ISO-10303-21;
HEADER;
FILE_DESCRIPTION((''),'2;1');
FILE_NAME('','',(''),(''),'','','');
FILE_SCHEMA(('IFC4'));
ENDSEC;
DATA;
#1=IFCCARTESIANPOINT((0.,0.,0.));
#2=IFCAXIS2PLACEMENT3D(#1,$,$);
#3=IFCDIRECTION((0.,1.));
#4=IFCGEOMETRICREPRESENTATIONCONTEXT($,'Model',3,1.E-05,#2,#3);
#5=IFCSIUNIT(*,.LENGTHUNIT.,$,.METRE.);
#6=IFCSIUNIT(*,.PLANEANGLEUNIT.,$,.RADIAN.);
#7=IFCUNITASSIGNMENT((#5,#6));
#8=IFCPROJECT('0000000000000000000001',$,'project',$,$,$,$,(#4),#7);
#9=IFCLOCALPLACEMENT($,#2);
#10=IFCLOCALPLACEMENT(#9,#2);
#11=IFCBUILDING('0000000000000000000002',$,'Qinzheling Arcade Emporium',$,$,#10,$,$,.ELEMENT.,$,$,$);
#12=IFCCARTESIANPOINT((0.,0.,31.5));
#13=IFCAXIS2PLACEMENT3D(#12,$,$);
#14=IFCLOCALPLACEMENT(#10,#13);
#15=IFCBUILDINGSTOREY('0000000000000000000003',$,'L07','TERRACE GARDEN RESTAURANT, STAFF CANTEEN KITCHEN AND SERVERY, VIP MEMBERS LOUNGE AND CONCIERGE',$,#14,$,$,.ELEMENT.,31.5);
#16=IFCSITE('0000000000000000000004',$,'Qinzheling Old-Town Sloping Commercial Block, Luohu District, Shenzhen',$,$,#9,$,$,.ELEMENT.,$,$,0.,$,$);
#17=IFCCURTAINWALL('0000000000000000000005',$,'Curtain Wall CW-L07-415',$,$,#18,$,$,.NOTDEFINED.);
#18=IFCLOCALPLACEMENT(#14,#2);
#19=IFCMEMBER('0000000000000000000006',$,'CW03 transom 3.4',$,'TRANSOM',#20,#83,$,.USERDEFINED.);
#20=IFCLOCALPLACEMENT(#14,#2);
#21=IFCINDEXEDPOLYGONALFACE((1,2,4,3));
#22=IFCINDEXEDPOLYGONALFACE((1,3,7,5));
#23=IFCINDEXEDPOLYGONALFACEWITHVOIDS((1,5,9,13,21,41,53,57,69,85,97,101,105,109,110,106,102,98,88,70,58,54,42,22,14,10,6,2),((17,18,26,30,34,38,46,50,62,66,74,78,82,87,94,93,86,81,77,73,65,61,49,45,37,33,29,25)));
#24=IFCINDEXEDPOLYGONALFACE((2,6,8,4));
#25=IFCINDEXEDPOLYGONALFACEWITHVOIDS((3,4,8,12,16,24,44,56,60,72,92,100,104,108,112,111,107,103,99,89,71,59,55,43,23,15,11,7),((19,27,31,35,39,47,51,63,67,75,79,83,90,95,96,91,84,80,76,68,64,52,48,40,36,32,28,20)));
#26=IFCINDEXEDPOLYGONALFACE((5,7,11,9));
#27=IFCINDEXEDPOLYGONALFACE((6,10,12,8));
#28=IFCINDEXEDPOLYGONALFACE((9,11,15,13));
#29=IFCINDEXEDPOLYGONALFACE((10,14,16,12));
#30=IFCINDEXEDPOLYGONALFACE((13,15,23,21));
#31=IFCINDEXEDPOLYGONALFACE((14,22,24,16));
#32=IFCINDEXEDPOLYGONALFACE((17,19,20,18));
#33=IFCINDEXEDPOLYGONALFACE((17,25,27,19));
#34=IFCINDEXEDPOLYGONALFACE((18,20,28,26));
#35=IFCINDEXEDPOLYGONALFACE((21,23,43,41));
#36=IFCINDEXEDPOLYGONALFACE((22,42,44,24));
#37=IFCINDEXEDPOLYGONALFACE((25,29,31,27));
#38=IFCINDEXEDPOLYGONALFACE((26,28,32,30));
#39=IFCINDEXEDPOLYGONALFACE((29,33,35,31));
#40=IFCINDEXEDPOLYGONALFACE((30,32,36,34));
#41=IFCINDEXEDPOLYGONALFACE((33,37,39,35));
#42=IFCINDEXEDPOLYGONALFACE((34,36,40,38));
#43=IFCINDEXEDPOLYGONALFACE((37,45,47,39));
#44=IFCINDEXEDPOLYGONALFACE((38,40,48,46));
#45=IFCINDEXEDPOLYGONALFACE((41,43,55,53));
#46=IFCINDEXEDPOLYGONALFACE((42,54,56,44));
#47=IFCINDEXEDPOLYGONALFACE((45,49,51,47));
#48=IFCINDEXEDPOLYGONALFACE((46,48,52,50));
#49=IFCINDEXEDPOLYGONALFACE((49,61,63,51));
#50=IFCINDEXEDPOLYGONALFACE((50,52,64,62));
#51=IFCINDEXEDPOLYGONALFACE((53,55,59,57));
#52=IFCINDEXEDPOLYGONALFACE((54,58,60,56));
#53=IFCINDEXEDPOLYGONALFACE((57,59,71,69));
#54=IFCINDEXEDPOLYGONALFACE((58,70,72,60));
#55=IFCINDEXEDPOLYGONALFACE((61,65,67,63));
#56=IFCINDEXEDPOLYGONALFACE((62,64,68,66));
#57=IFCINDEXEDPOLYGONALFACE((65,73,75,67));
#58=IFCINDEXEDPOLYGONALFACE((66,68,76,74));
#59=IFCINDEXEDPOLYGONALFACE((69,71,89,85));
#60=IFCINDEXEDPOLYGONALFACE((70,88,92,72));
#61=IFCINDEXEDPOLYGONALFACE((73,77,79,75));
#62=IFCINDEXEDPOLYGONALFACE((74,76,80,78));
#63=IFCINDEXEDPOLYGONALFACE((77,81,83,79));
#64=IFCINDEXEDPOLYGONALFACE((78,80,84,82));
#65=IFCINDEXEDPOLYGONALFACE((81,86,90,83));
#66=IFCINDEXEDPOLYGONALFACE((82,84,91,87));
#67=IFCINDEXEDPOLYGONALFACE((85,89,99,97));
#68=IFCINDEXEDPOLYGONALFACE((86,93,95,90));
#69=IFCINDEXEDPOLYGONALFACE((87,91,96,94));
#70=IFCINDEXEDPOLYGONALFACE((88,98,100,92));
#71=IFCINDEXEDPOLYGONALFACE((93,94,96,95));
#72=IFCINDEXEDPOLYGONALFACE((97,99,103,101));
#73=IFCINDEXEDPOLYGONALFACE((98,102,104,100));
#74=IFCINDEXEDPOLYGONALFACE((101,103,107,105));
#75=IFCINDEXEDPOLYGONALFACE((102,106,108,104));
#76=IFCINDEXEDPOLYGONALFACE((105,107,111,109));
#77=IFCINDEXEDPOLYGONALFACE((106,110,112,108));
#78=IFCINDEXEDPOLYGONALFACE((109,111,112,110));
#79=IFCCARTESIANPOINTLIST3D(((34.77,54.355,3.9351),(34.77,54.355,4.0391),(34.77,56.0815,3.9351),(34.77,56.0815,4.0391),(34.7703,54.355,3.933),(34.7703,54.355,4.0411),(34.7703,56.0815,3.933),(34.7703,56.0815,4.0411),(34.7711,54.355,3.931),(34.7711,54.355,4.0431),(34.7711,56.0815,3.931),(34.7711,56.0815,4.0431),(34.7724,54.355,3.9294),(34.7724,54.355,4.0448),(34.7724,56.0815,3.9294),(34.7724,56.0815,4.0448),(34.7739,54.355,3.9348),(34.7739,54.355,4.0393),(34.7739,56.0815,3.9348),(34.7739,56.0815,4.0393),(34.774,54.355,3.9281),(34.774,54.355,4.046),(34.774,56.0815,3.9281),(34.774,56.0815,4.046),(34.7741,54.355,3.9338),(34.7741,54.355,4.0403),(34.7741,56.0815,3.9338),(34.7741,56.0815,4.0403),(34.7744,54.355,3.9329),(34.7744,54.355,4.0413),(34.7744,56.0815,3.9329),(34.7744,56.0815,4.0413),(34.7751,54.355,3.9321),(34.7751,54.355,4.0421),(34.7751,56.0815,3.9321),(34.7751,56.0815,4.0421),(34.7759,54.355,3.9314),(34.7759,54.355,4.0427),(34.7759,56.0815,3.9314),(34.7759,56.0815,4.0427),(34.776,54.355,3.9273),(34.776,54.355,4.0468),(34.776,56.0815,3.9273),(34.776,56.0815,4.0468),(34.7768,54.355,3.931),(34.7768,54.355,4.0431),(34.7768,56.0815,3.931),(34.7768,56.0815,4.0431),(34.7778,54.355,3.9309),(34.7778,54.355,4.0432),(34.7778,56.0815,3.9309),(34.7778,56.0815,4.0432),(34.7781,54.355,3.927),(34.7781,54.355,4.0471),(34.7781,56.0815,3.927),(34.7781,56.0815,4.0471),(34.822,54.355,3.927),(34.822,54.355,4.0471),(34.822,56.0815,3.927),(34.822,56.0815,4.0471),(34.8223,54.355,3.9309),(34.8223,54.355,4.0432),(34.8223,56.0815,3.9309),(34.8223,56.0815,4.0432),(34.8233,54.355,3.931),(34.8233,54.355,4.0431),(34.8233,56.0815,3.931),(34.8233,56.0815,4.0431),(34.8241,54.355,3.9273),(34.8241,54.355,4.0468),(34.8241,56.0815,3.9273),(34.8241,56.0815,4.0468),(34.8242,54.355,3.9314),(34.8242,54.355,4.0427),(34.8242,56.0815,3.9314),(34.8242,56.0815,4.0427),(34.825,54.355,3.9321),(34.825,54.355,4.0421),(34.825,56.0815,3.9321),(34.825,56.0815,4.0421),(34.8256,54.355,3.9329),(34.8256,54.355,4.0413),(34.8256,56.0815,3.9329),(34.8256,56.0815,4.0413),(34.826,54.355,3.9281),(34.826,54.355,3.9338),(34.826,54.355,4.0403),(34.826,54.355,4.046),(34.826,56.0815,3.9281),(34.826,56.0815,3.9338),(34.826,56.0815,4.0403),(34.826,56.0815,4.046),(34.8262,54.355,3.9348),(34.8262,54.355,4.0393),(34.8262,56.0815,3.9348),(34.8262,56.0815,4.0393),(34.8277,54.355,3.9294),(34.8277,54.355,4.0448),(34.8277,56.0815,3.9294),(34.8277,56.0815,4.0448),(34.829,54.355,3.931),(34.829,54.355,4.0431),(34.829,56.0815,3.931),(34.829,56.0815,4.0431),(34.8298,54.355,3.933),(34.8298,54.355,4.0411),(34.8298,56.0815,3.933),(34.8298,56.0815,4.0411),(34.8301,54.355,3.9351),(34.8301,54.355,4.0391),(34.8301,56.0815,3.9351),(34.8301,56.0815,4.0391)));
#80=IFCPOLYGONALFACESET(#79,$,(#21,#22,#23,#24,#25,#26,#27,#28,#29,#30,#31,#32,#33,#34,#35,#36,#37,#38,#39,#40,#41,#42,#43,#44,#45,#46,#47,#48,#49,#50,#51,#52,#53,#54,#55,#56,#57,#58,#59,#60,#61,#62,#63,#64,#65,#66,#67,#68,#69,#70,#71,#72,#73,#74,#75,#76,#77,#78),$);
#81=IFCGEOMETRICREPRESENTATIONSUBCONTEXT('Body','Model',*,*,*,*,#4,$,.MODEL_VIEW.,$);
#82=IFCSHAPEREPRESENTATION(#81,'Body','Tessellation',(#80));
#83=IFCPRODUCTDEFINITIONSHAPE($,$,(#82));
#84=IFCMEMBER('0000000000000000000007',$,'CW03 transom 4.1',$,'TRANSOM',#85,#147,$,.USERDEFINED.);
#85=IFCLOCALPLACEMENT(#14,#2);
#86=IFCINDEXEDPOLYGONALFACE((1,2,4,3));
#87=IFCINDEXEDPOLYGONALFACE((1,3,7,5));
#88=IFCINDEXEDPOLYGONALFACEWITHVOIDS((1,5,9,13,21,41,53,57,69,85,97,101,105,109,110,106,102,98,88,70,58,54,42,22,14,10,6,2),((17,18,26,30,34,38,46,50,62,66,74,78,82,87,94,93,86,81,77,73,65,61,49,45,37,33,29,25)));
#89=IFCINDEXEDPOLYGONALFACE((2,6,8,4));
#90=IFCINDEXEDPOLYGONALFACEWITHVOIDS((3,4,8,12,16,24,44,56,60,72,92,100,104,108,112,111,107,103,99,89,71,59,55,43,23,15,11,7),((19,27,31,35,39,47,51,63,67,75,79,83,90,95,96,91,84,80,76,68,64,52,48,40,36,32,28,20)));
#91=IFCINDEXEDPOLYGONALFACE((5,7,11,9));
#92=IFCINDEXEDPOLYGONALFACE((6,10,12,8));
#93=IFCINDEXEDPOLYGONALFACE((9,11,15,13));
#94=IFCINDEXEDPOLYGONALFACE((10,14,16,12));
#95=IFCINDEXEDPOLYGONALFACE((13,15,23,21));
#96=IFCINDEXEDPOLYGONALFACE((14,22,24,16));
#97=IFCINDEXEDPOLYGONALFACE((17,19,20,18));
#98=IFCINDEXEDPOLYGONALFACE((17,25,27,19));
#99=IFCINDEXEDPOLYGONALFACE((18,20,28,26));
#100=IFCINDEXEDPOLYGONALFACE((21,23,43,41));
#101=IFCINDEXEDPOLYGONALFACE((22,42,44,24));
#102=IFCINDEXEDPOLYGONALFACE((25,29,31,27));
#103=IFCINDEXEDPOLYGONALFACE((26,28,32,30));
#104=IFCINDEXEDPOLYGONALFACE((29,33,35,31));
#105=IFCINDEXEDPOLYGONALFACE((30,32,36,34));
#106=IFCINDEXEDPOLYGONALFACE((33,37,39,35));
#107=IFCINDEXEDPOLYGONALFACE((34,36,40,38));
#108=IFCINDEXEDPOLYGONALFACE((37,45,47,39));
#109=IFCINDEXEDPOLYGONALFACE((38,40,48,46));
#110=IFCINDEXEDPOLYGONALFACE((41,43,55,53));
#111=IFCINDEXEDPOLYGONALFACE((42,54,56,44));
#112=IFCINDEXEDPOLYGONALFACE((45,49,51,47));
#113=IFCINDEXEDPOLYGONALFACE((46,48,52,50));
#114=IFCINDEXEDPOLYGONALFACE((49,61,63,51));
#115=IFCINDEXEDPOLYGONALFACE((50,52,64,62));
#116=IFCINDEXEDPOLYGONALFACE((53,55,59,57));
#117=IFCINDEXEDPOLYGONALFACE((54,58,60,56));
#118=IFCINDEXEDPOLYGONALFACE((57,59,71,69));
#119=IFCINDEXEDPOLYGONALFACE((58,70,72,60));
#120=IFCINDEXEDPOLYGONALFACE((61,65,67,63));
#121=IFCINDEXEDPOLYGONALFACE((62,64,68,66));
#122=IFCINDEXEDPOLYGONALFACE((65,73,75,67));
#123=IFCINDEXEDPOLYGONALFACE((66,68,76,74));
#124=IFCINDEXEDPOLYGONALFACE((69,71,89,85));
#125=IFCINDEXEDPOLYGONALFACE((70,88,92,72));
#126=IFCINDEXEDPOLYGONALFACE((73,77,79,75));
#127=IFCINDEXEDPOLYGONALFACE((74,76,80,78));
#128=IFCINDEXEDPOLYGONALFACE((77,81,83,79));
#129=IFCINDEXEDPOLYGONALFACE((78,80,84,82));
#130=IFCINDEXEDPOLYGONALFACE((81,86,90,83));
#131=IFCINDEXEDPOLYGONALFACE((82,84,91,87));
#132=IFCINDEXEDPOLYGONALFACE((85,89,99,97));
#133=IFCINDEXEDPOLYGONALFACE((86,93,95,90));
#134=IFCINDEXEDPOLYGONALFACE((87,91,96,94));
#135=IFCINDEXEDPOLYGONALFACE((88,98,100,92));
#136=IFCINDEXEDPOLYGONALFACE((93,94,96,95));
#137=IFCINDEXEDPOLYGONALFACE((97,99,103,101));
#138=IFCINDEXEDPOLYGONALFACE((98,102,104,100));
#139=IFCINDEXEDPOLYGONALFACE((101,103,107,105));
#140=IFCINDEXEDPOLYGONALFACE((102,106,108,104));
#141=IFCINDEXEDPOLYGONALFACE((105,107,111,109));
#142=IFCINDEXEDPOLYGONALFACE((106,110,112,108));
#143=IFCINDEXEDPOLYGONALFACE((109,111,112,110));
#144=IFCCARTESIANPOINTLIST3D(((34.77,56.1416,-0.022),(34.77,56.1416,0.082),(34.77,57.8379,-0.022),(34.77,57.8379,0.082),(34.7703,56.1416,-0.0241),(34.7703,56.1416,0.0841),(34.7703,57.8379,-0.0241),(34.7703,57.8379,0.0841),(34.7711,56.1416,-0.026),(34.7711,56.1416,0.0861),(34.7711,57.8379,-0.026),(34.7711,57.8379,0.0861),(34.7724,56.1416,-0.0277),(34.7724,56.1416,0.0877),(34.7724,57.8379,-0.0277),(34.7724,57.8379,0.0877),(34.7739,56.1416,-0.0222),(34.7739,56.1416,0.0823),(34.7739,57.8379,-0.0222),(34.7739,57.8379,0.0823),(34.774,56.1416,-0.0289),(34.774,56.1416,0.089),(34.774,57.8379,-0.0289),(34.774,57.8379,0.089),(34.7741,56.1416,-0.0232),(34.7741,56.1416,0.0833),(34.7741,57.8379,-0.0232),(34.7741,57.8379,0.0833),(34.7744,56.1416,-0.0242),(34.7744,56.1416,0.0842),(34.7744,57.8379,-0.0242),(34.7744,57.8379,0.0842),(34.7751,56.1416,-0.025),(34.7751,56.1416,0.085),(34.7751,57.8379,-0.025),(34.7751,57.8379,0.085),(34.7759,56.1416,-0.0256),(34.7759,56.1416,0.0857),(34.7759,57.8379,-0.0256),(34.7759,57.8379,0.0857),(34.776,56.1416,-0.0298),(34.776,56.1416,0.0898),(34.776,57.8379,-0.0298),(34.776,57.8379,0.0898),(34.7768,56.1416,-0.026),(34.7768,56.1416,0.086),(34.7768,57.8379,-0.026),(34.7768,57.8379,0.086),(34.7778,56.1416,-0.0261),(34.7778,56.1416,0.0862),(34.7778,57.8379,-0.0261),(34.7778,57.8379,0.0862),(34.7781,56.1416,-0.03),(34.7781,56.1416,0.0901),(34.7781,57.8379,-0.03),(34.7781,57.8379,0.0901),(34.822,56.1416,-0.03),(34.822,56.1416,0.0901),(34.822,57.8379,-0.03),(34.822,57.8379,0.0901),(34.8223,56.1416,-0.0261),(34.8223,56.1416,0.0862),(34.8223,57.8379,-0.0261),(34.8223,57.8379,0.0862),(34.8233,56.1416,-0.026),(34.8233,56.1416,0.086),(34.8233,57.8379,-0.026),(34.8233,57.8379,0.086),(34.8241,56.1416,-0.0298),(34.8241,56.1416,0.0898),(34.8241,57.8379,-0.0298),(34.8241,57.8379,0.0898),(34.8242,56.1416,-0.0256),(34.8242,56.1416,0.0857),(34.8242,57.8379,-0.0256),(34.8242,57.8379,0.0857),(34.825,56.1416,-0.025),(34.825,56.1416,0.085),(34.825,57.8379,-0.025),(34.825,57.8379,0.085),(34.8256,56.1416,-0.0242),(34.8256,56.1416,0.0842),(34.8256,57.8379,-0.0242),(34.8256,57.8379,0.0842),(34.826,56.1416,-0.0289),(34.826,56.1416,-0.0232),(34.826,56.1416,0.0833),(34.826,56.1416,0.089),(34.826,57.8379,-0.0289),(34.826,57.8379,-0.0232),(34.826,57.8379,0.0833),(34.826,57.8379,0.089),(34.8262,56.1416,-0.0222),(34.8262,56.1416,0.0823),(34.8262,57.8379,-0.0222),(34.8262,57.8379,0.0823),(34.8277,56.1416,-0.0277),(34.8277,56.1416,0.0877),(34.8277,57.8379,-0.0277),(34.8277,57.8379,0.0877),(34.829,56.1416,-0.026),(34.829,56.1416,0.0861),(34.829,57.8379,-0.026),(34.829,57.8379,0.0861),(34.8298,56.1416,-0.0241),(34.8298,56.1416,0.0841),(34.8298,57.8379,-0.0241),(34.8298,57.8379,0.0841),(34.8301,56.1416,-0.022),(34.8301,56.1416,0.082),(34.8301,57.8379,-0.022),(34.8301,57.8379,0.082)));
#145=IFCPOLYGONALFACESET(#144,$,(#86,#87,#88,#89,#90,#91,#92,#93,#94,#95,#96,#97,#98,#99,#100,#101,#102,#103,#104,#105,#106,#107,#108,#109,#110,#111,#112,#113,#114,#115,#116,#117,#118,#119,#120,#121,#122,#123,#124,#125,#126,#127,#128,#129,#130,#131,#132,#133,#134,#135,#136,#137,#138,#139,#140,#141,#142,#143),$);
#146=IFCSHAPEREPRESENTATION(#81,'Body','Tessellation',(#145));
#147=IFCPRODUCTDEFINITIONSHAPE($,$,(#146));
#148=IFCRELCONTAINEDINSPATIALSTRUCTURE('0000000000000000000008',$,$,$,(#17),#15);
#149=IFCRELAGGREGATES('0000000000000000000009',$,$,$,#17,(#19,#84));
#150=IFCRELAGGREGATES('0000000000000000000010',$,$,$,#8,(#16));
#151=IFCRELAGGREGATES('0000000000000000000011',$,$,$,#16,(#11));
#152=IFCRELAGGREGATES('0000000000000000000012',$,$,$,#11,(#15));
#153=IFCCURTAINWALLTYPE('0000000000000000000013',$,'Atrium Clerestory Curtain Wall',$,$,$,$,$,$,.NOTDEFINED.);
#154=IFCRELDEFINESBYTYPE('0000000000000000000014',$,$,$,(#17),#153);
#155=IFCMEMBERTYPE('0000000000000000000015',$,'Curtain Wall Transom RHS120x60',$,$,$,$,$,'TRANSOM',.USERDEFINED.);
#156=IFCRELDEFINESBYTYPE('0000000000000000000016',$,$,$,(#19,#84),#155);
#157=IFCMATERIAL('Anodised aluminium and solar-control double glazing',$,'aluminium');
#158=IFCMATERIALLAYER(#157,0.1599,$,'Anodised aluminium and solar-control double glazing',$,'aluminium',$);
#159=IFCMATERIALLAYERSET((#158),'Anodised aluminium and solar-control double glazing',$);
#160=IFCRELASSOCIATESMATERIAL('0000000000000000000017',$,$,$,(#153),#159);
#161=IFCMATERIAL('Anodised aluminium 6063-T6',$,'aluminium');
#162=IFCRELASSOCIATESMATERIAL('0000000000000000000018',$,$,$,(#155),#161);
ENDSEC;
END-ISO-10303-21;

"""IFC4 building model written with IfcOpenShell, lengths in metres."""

from ifc_helpers import new_model, si_unit, direction, frame, origin, origin_2d, place, context, subcontext, project, spatial, hollow_rectangle, extrude, material, layer, layer_set, material_profile, profile_set, type_object, element, aggregate, save


model = new_model("IFC4")

# Units and contexts
model_context = context("Model", 3, precision=1e-05, world=origin(), true_north=direction((0.0, 1.0)))
body_context = subcontext(model_context, "Body", "Model", "MODEL_VIEW")
ifc_project = project(units=[si_unit("LENGTHUNIT", "METRE"), si_unit("PLANEANGLEUNIT", "RADIAN")], contexts=[model_context])

# Site, building, storey
site_placement = place(None, origin())
site = spatial("IfcSite", under=ifc_project, at=site_placement, Name="Qinzheling Old-Town Sloping Commercial Block, Luohu District, Shenzhen", CompositionType="ELEMENT", RefElevation=0.0)
building_placement = place(site_placement, origin())
building = spatial("IfcBuilding", under=site, at=building_placement, Name="Qinzheling Arcade Emporium", CompositionType="ELEMENT")
storey_placement = place(building_placement, frame((0.0, 0.0, 31.5)))
storey = spatial("IfcBuildingStorey", under=building, at=storey_placement, Name="L07", Description="TERRACE GARDEN RESTAURANT, STAFF CANTEEN KITCHEN AND SERVERY, VIP MEMBERS LOUNGE AND CONCIERGE", CompositionType="ELEMENT", Elevation=31.5)

# Curtain wall, members
ifc_material_1 = material(Name="Anodised aluminium and solar-control double glazing", Category="aluminium")
ifc_layer_1 = layer(ifc_material_1, 0.1599, Name="Anodised aluminium and solar-control double glazing", Category="aluminium")
ifc_layer_set_1 = layer_set([ifc_layer_1], Name="Anodised aluminium and solar-control double glazing")
curtain_wall_type = type_object("IfcCurtainWallType", Name="Atrium Clerestory Curtain Wall", PredefinedType="NOTDEFINED", material=ifc_layer_set_1)
curtain_wall_placement = place(storey_placement, origin())
curtain_wall = element("IfcCurtainWall", 1, at=curtain_wall_placement, inside=storey, type_object=curtain_wall_type, Name="Curtain Wall CW-L07-415", PredefinedType="NOTDEFINED")
ifc_material_2 = material(Name="Anodised aluminium 6063-T6", Category="aluminium")
ifc_material_profile_1 = material_profile(ifc_material_2, hollow_rectangle(XDim=0.0601, YDim=0.1201, WallThickness=0.0039, InnerFilletRadius=0.0039, OuterFilletRadius=0.0081, at=origin_2d()), Name="RHS 120x60x4", Category="aluminium")
ifc_profile_set_1 = profile_set([ifc_material_profile_1], Name="Anodised aluminium 6063-T6")
member_type_1 = type_object("IfcMemberType", Name="Curtain Wall Transom RHS120x60", ElementType="TRANSOM", PredefinedType="USERDEFINED", material=ifc_profile_set_1)
member_1_placement = place(storey_placement, frame((34.8, 54.355, 3.9871), z_axis=(0.0, 1.0, 0.0), x_axis=(-1.0, 0.0, 0.0)))
member_1 = element("IfcMember", 2, at=member_1_placement, type_object=member_type_1, Name="CW03 transom 3.4", ObjectType="TRANSOM", PredefinedType="USERDEFINED", context=body_context, shape_type="SweptSolid", body=[
    extrude(hollow_rectangle(XDim=0.0601, YDim=0.1201, WallThickness=0.0039, InnerFilletRadius=0.0039, OuterFilletRadius=0.0081, at=origin_2d()), origin(), (0.0, 0.0, 1.0), 1.7266),
])
member_2_placement = place(storey_placement, frame((34.8, 56.1416, 0.03), z_axis=(0.0, 1.0, 0.0), x_axis=(-1.0, 0.0, 0.0)))
member_2 = element("IfcMember", 3, at=member_2_placement, type_object=member_type_1, Name="CW03 transom 4.1", ObjectType="TRANSOM", PredefinedType="USERDEFINED", context=body_context, shape_type="SweptSolid", body=[
    extrude(hollow_rectangle(XDim=0.0601, YDim=0.1201, WallThickness=0.0039, InnerFilletRadius=0.0039, OuterFilletRadius=0.0081, at=origin_2d()), origin(), (0.0, 0.0, 1.0), 1.6963),
])
aggregate(curtain_wall, [member_1, member_2])

save(model, "model.ifc")
